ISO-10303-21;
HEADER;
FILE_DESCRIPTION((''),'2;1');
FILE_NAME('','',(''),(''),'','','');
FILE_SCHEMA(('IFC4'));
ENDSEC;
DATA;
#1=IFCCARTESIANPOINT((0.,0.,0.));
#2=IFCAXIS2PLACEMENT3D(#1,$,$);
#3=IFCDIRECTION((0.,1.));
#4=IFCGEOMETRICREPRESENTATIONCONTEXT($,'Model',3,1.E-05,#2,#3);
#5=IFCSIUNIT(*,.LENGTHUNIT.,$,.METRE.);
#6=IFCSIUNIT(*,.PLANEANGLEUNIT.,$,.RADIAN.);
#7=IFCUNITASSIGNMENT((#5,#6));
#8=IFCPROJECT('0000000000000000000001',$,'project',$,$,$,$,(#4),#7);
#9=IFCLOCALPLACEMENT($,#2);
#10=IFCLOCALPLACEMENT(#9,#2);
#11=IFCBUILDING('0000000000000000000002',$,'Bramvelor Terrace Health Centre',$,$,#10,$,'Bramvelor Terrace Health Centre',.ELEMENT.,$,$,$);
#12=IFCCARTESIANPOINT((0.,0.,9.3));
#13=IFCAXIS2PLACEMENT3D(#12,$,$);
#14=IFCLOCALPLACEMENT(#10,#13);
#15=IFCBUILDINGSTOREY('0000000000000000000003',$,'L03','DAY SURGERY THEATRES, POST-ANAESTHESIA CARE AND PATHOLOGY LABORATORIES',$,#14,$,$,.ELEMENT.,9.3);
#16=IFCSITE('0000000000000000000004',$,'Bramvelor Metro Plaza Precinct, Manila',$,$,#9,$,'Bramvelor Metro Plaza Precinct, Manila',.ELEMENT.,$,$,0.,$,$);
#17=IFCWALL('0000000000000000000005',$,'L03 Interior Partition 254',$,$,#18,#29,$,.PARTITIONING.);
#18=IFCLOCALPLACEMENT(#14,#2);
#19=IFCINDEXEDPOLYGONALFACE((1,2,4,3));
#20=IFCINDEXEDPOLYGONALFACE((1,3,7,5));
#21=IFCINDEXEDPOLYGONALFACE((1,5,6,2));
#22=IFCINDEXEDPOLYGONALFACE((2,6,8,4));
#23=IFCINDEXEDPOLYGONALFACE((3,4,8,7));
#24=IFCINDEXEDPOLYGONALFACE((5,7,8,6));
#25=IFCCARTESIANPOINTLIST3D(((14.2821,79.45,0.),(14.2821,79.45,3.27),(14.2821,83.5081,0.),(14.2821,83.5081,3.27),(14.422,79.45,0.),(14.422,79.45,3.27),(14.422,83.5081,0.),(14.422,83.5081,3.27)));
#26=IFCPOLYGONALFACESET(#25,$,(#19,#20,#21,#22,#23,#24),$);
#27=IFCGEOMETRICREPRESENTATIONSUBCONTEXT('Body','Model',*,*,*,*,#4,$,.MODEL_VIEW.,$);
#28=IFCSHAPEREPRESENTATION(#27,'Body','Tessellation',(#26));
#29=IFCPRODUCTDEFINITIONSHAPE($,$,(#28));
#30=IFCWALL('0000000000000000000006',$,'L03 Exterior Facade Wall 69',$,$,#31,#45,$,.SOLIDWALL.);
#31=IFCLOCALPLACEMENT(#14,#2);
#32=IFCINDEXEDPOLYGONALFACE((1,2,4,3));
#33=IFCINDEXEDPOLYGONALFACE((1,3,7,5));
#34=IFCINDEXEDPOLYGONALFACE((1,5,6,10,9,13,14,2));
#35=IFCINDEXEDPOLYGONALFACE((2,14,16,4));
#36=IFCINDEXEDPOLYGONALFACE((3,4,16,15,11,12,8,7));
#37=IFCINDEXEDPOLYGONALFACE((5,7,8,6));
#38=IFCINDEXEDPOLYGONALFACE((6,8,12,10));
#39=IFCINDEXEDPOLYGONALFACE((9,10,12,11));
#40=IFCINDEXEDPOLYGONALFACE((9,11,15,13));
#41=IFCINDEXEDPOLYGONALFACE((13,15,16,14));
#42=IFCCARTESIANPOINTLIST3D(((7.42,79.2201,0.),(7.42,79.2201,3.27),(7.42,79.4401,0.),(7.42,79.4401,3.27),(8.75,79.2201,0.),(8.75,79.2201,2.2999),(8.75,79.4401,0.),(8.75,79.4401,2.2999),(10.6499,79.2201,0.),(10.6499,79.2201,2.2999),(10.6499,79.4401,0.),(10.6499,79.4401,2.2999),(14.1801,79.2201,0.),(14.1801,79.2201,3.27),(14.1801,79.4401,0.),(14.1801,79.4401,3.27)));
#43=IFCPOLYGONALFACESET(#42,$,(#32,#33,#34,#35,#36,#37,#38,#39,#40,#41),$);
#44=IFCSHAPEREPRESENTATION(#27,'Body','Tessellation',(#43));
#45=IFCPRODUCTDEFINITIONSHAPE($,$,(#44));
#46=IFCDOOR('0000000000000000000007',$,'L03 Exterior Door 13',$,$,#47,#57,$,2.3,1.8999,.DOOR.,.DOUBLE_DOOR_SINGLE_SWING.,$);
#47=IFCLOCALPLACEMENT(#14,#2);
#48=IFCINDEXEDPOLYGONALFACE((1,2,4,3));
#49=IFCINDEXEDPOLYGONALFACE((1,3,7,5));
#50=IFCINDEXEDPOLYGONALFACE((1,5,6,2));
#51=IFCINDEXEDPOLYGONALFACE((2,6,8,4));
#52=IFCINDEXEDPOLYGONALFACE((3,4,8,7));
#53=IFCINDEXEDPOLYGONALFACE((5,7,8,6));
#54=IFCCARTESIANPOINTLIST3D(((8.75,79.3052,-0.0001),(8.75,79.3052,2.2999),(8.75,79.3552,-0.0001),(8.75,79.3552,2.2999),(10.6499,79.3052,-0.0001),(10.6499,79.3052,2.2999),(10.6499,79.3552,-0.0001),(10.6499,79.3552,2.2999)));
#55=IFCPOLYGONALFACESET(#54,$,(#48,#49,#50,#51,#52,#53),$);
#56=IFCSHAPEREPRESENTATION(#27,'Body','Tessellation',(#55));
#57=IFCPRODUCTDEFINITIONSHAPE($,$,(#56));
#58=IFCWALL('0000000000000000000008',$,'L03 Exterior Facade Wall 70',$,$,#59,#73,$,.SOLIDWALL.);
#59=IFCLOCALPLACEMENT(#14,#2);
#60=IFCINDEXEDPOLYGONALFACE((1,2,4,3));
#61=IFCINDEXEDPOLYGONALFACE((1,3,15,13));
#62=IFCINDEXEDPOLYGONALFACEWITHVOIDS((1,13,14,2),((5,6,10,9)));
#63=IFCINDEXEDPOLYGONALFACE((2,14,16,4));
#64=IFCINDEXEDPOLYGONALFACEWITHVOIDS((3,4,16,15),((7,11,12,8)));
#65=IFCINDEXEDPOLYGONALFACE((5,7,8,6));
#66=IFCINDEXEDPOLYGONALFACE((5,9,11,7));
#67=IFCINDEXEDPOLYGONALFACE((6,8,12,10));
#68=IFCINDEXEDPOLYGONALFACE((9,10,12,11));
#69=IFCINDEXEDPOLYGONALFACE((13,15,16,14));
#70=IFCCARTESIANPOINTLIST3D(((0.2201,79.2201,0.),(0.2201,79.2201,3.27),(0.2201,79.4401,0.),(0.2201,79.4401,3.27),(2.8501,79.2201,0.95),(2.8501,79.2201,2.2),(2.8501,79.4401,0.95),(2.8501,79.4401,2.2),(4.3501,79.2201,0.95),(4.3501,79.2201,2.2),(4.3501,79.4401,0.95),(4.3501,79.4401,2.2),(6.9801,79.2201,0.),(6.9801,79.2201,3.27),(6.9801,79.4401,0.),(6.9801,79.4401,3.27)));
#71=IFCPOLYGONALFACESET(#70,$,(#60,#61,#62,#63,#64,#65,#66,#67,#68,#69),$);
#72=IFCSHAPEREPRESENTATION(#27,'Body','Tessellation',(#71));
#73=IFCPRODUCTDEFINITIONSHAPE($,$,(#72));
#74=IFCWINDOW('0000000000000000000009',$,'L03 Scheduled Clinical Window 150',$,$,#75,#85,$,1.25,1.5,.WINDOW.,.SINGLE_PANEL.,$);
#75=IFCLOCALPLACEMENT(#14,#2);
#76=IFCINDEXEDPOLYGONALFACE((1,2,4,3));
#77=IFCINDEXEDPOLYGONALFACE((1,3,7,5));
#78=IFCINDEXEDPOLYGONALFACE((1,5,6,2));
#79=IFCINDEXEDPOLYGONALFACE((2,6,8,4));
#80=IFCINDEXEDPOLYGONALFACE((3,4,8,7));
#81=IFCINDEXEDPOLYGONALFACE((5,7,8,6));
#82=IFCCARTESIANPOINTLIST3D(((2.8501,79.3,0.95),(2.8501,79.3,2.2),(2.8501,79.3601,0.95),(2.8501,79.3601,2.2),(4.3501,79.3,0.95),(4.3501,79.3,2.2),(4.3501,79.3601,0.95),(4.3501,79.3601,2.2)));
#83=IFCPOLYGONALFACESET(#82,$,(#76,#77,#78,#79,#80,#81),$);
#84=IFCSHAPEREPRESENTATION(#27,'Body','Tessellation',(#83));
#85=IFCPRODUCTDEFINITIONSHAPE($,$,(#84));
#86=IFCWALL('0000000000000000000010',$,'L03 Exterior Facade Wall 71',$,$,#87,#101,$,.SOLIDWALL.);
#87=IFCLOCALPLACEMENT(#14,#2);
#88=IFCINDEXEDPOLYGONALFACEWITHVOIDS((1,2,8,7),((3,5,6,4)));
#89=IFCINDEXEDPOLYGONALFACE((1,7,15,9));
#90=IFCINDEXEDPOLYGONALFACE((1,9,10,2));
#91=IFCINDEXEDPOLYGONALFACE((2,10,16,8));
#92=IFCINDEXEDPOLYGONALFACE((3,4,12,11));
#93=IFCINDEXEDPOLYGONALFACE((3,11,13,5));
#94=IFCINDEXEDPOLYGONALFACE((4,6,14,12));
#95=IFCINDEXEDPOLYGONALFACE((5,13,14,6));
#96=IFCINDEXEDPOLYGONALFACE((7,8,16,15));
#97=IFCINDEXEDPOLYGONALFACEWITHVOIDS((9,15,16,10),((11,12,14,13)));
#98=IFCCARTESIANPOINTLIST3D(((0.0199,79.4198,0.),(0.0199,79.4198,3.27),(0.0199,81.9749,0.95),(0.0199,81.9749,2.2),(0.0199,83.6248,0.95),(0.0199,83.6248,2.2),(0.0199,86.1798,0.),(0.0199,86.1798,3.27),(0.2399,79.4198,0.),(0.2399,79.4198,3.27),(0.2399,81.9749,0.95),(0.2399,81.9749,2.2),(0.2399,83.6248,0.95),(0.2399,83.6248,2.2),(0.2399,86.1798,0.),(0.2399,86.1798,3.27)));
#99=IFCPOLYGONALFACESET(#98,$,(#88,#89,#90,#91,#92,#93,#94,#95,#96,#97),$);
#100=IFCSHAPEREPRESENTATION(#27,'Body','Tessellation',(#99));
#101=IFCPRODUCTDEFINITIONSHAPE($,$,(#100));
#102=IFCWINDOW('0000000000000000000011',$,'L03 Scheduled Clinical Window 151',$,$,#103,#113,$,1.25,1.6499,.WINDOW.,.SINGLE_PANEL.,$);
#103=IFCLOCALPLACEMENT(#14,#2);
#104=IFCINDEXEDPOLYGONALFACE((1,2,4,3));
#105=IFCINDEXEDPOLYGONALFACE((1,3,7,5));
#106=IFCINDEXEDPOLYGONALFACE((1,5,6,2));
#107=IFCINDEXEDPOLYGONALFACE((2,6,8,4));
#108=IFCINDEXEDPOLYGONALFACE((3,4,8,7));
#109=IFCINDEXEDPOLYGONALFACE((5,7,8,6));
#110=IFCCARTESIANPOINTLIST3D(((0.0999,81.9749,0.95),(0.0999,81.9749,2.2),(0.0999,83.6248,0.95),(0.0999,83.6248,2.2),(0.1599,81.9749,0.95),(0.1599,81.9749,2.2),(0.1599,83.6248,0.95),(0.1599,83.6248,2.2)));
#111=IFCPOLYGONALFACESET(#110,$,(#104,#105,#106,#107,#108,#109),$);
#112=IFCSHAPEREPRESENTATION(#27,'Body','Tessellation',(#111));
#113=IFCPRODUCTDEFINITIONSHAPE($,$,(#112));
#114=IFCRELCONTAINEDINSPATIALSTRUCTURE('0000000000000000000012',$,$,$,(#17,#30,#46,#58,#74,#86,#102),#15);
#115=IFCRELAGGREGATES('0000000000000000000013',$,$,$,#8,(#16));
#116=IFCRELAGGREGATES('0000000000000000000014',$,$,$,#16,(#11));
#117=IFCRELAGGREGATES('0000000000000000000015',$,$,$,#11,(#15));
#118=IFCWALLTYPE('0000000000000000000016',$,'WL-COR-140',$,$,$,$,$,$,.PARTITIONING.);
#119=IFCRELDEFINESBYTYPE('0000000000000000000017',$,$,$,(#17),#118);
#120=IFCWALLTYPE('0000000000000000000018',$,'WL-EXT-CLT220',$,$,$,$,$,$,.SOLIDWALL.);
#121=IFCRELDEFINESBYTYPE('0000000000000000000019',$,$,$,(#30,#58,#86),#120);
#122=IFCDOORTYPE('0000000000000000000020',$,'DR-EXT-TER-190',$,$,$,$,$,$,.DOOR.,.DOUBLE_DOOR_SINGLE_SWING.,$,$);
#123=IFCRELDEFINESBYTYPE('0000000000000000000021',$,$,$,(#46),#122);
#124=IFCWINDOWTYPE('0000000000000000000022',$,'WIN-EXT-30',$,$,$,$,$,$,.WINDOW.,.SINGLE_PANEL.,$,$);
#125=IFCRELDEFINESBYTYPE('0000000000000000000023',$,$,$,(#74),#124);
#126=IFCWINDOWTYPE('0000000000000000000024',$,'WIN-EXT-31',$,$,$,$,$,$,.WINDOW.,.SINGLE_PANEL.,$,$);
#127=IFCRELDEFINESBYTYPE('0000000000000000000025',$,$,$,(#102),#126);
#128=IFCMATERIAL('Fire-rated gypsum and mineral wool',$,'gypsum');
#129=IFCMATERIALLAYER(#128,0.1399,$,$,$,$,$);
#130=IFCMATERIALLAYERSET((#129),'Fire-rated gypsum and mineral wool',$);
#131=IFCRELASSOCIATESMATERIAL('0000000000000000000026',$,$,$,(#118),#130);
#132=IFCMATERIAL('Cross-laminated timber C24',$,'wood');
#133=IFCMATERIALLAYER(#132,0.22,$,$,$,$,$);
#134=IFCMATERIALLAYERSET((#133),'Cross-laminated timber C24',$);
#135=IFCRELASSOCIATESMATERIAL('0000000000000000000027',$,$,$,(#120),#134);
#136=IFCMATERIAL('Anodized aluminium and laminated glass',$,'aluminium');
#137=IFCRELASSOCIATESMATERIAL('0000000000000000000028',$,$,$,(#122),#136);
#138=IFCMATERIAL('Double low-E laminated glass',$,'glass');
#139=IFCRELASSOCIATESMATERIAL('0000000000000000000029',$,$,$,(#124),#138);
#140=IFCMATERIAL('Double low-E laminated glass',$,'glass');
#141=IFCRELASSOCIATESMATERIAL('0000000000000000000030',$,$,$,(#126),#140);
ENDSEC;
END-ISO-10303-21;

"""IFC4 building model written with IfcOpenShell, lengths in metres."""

from ifc_helpers import new_model, si_unit, direction, frame, frame_2d, origin, place, context, subcontext, project, spatial, rectangle, extrude, material, layer, layer_set, type_object, element, fill, save


model = new_model("IFC4")

# Units and contexts
model_context = context("Model", 3, precision=1e-05, world=origin(), true_north=direction((0.0, 1.0)))
body_context = subcontext(model_context, "Body", "Model", "MODEL_VIEW")
ifc_project = project(units=[si_unit("LENGTHUNIT", "METRE"), si_unit("PLANEANGLEUNIT", "RADIAN")], contexts=[model_context])

# Site, building, storey
site_placement = place(None, origin())
site = spatial("IfcSite", under=ifc_project, at=site_placement, Name="Bramvelor Metro Plaza Precinct, Manila", LongName="Bramvelor Metro Plaza Precinct, Manila", CompositionType="ELEMENT", RefElevation=0.0)
building_placement = place(site_placement, origin())
building = spatial("IfcBuilding", under=site, at=building_placement, Name="Bramvelor Terrace Health Centre", LongName="Bramvelor Terrace Health Centre", CompositionType="ELEMENT")
storey_placement = place(building_placement, frame((0.0, 0.0, 9.3)))
storey = spatial("IfcBuildingStorey", under=building, at=storey_placement, Name="L03", Description="DAY SURGERY THEATRES, POST-ANAESTHESIA CARE AND PATHOLOGY LABORATORIES", CompositionType="ELEMENT", Elevation=9.3)

# Wall
ifc_material_1 = material(Name="Fire-rated gypsum and mineral wool", Category="gypsum")
ifc_layer_1 = layer(ifc_material_1, 0.1399)
ifc_layer_set_1 = layer_set([ifc_layer_1], Name="Fire-rated gypsum and mineral wool")
wall_type_1 = type_object("IfcWallType", Name="WL-COR-140", PredefinedType="PARTITIONING", material=ifc_layer_set_1)
wall_1_placement = place(storey_placement, frame((14.3521, 79.45, 0.0), z_axis=(0.0, 0.0, 1.0), x_axis=(0.0, 1.0, 0.0)))
element("IfcWall", 1, at=wall_1_placement, inside=storey, type_object=wall_type_1, Name="L03 Interior Partition 254", PredefinedType="PARTITIONING", context=body_context, shape_type="SweptSolid", body=[
    extrude(rectangle(XDim=4.0581, YDim=0.1399, at=frame_2d((2.0291, 0.0))), origin(), (0.0, 0.0, 1.0), 3.27),
])

# Wall, opening, door
ifc_material_2 = material(Name="Cross-laminated timber C24", Category="wood")
ifc_layer_2 = layer(ifc_material_2, 0.22)
ifc_layer_set_2 = layer_set([ifc_layer_2], Name="Cross-laminated timber C24")
wall_type_2 = type_object("IfcWallType", Name="WL-EXT-CLT220", PredefinedType="SOLIDWALL", material=ifc_layer_set_2)
wall_2_placement = place(storey_placement, frame((14.1799, 79.3301, 0.0), z_axis=(0.0, 0.0, 1.0), x_axis=(-1.0, 0.0, 0.0)))
wall_2 = element("IfcWall", 2, at=wall_2_placement, inside=storey, type_object=wall_type_2, Name="L03 Exterior Facade Wall 69", PredefinedType="SOLIDWALL", context=body_context, shape_type="SweptSolid", body=[
    extrude(rectangle(XDim=6.76, YDim=0.22, at=frame_2d((3.3799, 0.0))), origin(), (0.0, 0.0, 1.0), 3.27),
])
opening_1_placement = place(wall_2_placement, frame((3.53, 0.0, 0.0)))
opening_1 = element("IfcOpeningElement", 3, at=opening_1_placement, cuts=wall_2, PredefinedType="OPENING", context=body_context, shape_type="SweptSolid", body=[
    extrude(rectangle(XDim=1.8999, YDim=2.3, at=frame_2d((0.95, 1.1499))), frame((0.0, 0.1199, 0.0), z_axis=(0.0, -1.0, 0.0), x_axis=(1.0, 0.0, 0.0)), (0.0, 0.0, 1.0), 0.24),
])
ifc_material_3 = material(Name="Anodized aluminium and laminated glass", Category="aluminium")
door_type = type_object("IfcDoorType", Name="DR-EXT-TER-190", OperationType="DOUBLE_DOOR_SINGLE_SWING", PredefinedType="DOOR", material=ifc_material_3)
door_placement = place(opening_1_placement, origin())
door = element("IfcDoor", 4, at=door_placement, inside=storey, type_object=door_type, Name="L03 Exterior Door 13", OperationType="DOUBLE_DOOR_SINGLE_SWING", OverallHeight=2.3, OverallWidth=1.8999, PredefinedType="DOOR", context=body_context, shape_type="SweptSolid", body=[
    extrude(rectangle(XDim=1.8999, YDim=2.3, at=frame_2d((0.95, 1.1499))), frame((0.0, 0.0249, 0.0), z_axis=(0.0, -1.0, 0.0), x_axis=(1.0, 0.0, 0.0)), (0.0, 0.0, 1.0), 0.05),
])
fill(opening_1, door)

# Walls, openings, windows
wall_3_placement = place(storey_placement, frame((6.98, 79.3301, 0.0), z_axis=(0.0, 0.0, 1.0), x_axis=(-1.0, 0.0, 0.0)))
wall_3 = element("IfcWall", 5, at=wall_3_placement, inside=storey, type_object=wall_type_2, Name="L03 Exterior Facade Wall 70", PredefinedType="SOLIDWALL", context=body_context, shape_type="SweptSolid", body=[
    extrude(rectangle(XDim=6.76, YDim=0.22, at=frame_2d((3.3799, 0.0))), origin(), (0.0, 0.0, 1.0), 3.27),
])
opening_2_placement = place(wall_3_placement, frame((2.6299, 0.0, 0.95)))
opening_2 = element("IfcOpeningElement", 6, at=opening_2_placement, cuts=wall_3, PredefinedType="OPENING", context=body_context, shape_type="SweptSolid", body=[
    extrude(rectangle(XDim=1.5, YDim=1.25, at=frame_2d((0.75, 0.625))), frame((0.0, 0.1199, 0.0), z_axis=(0.0, -1.0, 0.0), x_axis=(1.0, 0.0, 0.0)), (0.0, 0.0, 1.0), 0.24),
])
ifc_material_4 = material(Name="Double low-E laminated glass", Category="glass")
window_type_1 = type_object("IfcWindowType", Name="WIN-EXT-30", PartitioningType="SINGLE_PANEL", PredefinedType="WINDOW", material=ifc_material_4)
window_1_placement = place(opening_2_placement, origin())
window_1 = element("IfcWindow", 7, at=window_1_placement, inside=storey, type_object=window_type_1, Name="L03 Scheduled Clinical Window 150", OverallHeight=1.25, OverallWidth=1.5, PartitioningType="SINGLE_PANEL", PredefinedType="WINDOW", context=body_context, shape_type="SweptSolid", body=[
    extrude(rectangle(XDim=1.5, YDim=1.25, at=frame_2d((0.75, 0.625))), frame((0.0, 0.03, 0.0), z_axis=(0.0, -1.0, 0.0), x_axis=(1.0, 0.0, 0.0)), (0.0, 0.0, 1.0), 0.0601),
])
fill(opening_2, window_1)
wall_4_placement = place(storey_placement, frame((0.1299, 79.4199, 0.0), z_axis=(0.0, 0.0, 1.0), x_axis=(0.0, 1.0, 0.0)))
wall_4 = element("IfcWall", 8, at=wall_4_placement, inside=storey, type_object=wall_type_2, Name="L03 Exterior Facade Wall 71", PredefinedType="SOLIDWALL", context=body_context, shape_type="SweptSolid", body=[
    extrude(rectangle(XDim=6.76, YDim=0.22, at=frame_2d((3.3799, 0.0))), origin(), (0.0, 0.0, 1.0), 3.27),
])
opening_3_placement = place(wall_4_placement, frame((2.5549, 0.0, 0.95)))
opening_3 = element("IfcOpeningElement", 9, at=opening_3_placement, cuts=wall_4, PredefinedType="OPENING", context=body_context, shape_type="SweptSolid", body=[
    extrude(rectangle(XDim=1.6499, YDim=1.25, at=frame_2d((0.825, 0.625))), frame((0.0, 0.1199, 0.0), z_axis=(0.0, -1.0, 0.0), x_axis=(1.0, 0.0, 0.0)), (0.0, 0.0, 1.0), 0.24),
])
ifc_material_5 = material(Name="Double low-E laminated glass", Category="glass")
window_type_2 = type_object("IfcWindowType", Name="WIN-EXT-31", PartitioningType="SINGLE_PANEL", PredefinedType="WINDOW", material=ifc_material_5)
window_2_placement = place(opening_3_placement, origin())
window_2 = element("IfcWindow", 10, at=window_2_placement, inside=storey, type_object=window_type_2, Name="L03 Scheduled Clinical Window 151", OverallHeight=1.25, OverallWidth=1.6499, PartitioningType="SINGLE_PANEL", PredefinedType="WINDOW", context=body_context, shape_type="SweptSolid", body=[
    extrude(rectangle(XDim=1.6499, YDim=1.25, at=frame_2d((0.825, 0.625))), frame((0.0, 0.03, 0.0), z_axis=(0.0, -1.0, 0.0), x_axis=(1.0, 0.0, 0.0)), (0.0, 0.0, 1.0), 0.0601),
])
fill(opening_3, window_2)

save(model, "model.ifc")
